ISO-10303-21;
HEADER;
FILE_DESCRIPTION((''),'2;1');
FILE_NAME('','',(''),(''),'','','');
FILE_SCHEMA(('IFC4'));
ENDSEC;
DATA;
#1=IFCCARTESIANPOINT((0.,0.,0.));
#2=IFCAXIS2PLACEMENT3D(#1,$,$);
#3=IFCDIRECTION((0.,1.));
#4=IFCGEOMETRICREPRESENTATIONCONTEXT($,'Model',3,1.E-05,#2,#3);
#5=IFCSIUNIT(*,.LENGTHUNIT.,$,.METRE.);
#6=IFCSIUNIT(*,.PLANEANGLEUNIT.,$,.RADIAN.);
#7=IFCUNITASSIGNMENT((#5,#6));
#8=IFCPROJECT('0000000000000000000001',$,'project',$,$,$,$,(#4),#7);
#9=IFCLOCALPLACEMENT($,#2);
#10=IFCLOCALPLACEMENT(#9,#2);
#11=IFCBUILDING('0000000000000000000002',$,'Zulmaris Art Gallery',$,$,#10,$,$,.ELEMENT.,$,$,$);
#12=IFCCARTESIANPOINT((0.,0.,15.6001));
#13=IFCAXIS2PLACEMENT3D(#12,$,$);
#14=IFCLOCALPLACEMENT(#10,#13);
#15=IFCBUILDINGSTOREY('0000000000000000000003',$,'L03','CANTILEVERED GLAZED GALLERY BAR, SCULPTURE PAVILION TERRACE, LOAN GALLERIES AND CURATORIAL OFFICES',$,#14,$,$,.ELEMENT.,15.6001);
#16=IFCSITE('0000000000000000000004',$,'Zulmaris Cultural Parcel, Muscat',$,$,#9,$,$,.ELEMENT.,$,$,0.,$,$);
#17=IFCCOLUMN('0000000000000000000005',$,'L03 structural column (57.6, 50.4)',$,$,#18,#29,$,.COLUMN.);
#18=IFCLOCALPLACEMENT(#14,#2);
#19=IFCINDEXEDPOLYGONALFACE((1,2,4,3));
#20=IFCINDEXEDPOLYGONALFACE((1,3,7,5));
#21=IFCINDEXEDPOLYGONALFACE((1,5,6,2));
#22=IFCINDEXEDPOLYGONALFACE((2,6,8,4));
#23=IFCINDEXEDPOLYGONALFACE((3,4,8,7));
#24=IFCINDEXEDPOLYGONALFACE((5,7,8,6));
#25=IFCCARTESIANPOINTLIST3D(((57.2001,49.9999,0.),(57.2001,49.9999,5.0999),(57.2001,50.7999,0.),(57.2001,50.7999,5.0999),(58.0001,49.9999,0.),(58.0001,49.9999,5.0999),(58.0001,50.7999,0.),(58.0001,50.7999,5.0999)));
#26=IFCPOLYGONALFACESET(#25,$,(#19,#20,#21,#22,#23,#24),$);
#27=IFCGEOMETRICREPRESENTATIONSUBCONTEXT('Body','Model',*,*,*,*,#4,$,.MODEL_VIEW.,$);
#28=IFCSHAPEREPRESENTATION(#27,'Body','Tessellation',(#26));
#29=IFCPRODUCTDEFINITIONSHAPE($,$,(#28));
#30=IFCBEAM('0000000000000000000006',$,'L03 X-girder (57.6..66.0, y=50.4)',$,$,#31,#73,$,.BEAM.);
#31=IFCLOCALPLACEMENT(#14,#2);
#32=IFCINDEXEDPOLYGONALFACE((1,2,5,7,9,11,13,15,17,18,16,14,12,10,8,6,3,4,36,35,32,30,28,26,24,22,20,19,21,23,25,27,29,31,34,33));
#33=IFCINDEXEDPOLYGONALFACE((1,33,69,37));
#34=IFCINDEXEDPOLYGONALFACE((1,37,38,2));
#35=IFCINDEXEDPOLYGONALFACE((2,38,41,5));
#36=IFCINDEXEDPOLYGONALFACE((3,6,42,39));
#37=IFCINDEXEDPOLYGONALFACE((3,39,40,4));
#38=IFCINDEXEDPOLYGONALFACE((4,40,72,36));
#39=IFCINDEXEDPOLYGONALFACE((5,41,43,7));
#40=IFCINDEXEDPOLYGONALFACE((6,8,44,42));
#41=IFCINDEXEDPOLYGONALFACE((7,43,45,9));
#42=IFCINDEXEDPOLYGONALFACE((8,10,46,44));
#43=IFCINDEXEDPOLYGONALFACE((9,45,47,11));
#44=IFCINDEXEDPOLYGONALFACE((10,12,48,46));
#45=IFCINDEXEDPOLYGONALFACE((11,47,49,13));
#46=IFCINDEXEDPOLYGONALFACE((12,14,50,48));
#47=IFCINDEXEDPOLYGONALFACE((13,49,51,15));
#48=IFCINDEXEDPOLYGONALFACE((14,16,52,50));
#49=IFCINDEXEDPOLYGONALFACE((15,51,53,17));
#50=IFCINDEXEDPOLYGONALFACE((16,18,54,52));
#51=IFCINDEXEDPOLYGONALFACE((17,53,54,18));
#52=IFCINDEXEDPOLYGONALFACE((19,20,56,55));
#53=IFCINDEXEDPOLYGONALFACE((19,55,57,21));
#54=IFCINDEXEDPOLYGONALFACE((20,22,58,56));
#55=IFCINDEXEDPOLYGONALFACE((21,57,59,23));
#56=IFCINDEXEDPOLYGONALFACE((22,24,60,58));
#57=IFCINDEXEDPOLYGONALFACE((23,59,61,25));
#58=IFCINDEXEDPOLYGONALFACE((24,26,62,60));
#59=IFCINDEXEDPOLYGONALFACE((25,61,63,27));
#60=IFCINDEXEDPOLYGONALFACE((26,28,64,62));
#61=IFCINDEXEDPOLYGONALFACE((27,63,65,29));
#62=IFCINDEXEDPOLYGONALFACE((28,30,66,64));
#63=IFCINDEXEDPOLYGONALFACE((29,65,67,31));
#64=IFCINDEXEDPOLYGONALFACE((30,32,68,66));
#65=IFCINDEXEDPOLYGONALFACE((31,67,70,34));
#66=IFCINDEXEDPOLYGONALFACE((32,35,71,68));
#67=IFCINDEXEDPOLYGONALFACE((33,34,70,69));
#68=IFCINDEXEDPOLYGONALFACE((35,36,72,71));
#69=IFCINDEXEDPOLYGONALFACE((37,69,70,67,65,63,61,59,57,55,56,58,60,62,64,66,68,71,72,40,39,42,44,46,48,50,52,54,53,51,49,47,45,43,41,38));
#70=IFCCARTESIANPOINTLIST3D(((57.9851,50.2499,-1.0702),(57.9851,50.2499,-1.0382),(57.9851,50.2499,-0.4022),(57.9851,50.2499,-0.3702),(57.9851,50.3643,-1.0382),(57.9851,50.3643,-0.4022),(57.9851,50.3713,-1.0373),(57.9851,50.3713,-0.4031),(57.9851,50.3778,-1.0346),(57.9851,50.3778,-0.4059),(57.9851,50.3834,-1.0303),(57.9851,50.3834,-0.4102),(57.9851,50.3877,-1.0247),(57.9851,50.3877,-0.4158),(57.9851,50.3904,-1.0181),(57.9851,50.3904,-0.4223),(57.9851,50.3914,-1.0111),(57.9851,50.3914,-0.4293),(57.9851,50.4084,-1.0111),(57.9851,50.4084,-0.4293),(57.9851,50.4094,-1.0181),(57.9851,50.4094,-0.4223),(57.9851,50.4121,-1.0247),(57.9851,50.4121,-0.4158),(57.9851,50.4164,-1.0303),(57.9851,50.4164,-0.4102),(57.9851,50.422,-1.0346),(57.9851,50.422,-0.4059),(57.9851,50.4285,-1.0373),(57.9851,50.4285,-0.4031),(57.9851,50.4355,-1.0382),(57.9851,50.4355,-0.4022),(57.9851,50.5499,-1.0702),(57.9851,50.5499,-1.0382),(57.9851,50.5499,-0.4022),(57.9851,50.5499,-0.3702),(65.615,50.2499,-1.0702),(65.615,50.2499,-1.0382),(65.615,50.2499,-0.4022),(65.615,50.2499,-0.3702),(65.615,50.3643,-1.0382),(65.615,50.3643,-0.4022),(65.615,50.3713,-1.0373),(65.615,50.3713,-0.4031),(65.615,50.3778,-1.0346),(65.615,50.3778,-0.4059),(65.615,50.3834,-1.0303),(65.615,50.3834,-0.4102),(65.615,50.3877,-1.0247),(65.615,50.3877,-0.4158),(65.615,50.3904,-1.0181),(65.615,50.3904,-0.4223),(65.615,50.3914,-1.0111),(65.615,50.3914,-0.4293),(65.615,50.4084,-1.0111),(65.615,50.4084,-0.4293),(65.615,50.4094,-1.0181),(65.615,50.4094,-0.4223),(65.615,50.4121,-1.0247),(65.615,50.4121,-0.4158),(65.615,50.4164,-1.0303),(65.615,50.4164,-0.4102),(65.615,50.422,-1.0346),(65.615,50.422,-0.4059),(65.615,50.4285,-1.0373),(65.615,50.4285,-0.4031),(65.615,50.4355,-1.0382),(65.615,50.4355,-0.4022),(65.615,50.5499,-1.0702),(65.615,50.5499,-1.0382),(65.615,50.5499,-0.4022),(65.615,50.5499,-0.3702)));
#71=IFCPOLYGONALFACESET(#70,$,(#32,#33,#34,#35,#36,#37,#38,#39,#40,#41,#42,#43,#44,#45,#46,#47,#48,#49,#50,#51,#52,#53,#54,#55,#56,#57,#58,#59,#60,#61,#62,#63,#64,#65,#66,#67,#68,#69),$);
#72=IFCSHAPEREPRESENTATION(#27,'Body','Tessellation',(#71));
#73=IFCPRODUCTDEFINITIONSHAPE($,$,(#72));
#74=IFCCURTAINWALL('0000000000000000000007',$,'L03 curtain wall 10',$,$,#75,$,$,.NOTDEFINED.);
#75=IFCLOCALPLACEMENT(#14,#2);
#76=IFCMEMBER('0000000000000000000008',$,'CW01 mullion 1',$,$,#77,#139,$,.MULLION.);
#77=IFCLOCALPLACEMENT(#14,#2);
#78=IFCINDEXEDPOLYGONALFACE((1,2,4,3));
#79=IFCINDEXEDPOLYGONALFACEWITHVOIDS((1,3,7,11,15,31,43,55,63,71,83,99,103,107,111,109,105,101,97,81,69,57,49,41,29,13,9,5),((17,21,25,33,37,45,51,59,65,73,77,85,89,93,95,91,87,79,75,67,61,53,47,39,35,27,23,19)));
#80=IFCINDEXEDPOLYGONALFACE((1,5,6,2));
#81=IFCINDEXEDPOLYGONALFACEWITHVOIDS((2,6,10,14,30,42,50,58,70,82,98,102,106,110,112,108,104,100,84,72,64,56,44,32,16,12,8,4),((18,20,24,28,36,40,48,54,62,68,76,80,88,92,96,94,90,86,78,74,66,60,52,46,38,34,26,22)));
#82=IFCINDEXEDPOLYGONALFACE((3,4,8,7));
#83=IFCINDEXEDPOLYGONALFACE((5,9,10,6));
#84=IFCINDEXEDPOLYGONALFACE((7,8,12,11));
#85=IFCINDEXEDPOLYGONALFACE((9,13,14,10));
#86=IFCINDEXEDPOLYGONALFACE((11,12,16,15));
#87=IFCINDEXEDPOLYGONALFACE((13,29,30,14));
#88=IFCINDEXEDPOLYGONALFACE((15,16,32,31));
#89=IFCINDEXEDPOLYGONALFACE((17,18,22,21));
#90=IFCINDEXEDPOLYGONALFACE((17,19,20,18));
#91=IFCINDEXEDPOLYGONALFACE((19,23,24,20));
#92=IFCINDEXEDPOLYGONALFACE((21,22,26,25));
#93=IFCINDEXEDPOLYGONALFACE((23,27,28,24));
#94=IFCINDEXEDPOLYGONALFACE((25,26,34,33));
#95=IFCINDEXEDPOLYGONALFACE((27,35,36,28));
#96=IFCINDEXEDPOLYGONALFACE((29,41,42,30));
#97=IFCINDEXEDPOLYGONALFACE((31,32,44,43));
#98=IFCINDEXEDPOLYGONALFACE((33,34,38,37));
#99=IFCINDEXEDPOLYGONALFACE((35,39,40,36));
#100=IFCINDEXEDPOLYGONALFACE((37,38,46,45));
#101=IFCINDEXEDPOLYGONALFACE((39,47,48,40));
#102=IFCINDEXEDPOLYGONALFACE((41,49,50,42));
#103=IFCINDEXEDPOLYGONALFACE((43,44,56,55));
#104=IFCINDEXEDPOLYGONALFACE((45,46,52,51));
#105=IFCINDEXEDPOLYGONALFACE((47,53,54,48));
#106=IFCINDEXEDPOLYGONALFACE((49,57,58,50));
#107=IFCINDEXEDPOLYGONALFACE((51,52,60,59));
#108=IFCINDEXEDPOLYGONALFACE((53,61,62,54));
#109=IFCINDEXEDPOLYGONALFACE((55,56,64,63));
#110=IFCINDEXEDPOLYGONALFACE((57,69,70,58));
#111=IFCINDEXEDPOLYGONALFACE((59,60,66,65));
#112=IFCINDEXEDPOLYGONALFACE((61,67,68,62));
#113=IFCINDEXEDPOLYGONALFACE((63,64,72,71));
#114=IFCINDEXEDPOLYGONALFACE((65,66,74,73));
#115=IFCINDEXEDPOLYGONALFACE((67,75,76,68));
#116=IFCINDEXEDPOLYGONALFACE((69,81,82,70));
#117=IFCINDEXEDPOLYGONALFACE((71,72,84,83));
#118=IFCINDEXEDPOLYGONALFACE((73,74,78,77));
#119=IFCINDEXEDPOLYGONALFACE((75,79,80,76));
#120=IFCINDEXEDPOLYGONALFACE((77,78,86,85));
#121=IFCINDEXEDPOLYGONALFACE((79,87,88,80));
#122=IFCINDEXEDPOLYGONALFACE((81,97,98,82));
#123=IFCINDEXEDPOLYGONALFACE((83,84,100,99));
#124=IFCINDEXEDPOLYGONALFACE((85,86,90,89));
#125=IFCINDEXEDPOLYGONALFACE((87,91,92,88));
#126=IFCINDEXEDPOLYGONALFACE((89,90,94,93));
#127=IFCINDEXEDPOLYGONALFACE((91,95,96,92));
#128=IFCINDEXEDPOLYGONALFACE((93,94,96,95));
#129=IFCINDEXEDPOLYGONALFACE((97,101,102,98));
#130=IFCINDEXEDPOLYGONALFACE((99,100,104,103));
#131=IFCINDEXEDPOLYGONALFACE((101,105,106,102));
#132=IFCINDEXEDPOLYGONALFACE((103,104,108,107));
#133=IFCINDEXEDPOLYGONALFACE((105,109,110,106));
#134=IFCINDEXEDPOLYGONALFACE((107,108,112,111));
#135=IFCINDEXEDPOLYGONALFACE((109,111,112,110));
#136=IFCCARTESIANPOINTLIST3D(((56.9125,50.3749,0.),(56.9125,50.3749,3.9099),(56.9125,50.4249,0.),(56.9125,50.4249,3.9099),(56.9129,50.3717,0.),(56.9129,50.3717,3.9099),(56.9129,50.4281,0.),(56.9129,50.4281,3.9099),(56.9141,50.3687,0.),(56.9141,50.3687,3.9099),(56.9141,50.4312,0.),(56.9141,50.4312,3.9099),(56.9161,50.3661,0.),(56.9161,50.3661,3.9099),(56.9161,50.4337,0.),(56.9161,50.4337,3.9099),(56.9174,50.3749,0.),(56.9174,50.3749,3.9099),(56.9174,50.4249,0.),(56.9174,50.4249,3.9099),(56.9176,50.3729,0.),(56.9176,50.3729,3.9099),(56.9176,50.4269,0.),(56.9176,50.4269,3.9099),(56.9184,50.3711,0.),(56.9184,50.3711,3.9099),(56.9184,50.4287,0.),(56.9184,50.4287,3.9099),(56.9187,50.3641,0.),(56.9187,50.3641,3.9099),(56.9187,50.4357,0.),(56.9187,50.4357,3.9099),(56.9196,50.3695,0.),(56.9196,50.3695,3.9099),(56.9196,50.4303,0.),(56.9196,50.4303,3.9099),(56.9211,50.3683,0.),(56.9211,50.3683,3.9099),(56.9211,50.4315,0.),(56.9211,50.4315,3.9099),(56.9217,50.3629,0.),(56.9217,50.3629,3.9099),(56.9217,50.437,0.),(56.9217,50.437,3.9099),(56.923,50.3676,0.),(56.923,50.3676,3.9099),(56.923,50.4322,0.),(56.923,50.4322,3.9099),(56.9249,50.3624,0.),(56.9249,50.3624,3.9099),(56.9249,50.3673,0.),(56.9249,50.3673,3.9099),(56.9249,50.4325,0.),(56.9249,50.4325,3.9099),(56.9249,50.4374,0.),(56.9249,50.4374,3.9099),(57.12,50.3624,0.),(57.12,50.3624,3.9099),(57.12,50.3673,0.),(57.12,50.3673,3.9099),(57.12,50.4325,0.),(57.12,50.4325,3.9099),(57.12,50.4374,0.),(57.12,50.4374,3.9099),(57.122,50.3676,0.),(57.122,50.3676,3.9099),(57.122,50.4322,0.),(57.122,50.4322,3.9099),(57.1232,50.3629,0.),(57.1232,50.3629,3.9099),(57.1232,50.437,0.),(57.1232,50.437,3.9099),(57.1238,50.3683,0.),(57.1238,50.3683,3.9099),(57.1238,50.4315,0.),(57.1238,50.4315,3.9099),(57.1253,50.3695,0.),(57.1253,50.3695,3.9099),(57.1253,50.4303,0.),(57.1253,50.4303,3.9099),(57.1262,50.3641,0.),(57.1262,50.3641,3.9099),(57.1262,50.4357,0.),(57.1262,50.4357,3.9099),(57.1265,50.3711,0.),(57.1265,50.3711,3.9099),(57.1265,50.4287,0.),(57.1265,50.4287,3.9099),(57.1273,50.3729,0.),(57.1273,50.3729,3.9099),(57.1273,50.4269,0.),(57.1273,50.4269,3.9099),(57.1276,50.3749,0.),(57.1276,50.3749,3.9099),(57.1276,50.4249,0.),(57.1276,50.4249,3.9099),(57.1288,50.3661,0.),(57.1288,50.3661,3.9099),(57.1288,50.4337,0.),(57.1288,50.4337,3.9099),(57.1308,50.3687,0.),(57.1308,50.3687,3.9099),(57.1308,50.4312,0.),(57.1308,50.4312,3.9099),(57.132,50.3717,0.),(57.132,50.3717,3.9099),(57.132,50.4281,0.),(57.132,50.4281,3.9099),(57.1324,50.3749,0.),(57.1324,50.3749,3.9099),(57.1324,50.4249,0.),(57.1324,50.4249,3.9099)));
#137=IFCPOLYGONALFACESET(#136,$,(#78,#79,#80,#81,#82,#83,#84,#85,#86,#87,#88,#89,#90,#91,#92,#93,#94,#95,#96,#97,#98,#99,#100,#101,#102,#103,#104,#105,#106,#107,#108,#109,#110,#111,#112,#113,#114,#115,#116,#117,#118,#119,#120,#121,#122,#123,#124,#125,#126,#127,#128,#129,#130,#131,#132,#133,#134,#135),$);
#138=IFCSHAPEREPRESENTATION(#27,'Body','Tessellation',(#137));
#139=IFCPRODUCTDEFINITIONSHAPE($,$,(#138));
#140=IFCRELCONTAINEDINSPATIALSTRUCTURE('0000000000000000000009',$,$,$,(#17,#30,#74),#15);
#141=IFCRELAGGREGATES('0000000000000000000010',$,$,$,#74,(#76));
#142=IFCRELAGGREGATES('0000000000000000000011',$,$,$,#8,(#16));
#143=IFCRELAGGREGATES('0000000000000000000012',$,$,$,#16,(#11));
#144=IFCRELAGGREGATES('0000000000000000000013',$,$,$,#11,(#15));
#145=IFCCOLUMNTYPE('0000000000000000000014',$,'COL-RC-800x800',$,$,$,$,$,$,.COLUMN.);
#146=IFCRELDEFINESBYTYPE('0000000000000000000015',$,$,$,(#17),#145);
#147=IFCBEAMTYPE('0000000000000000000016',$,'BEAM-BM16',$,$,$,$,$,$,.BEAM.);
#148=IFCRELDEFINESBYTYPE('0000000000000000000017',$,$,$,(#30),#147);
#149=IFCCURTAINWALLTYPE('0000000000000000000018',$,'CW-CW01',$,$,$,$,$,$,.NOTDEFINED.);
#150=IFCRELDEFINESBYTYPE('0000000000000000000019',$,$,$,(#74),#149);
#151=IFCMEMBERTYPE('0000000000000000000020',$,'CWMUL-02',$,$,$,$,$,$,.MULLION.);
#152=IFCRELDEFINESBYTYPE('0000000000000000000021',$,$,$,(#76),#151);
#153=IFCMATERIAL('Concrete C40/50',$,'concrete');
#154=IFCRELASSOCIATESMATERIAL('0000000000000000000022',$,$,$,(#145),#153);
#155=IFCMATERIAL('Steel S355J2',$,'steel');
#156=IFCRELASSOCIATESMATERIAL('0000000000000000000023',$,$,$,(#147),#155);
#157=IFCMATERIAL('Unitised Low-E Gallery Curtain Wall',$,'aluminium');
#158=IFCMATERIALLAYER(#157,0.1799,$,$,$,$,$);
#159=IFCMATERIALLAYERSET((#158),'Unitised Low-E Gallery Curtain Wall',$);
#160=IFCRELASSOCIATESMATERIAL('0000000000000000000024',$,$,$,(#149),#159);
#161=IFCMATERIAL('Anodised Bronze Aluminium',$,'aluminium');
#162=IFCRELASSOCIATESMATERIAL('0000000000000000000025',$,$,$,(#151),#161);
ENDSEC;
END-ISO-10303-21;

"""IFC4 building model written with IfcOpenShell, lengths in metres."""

from ifc_helpers import new_model, si_unit, direction, frame, origin, origin_2d, place, context, subcontext, project, spatial, rectangle, hollow_rectangle, i_section, extrude, material, layer, layer_set, material_profile, profile_set, type_object, element, aggregate, save


model = new_model("IFC4")

# Units and contexts
model_context = context("Model", 3, precision=1e-05, world=origin(), true_north=direction((0.0, 1.0)))
body_context = subcontext(model_context, "Body", "Model", "MODEL_VIEW")
ifc_project = project(units=[si_unit("LENGTHUNIT", "METRE"), si_unit("PLANEANGLEUNIT", "RADIAN")], contexts=[model_context])

# Site, building, storey
site_placement = place(None, origin())
site = spatial("IfcSite", under=ifc_project, at=site_placement, Name="Zulmaris Cultural Parcel, Muscat", CompositionType="ELEMENT", RefElevation=0.0)
building_placement = place(site_placement, origin())
building = spatial("IfcBuilding", under=site, at=building_placement, Name="Zulmaris Art Gallery", CompositionType="ELEMENT")
storey_placement = place(building_placement, frame((0.0, 0.0, 15.6001)))
storey = spatial("IfcBuildingStorey", under=building, at=storey_placement, Name="L03", Description="CANTILEVERED GLAZED GALLERY BAR, SCULPTURE PAVILION TERRACE, LOAN GALLERIES AND CURATORIAL OFFICES", CompositionType="ELEMENT", Elevation=15.6001)

# Column
ifc_material_1 = material(Name="Concrete C40/50", Category="concrete")
ifc_material_profile_1 = material_profile(ifc_material_1, rectangle(XDim=0.8, YDim=0.8, at=origin_2d()), Name="RC 800x800")
ifc_profile_set_1 = profile_set([ifc_material_profile_1], Name="Concrete C40/50")
column_type = type_object("IfcColumnType", Name="COL-RC-800x800", PredefinedType="COLUMN", material=ifc_profile_set_1)
column_placement = place(storey_placement, frame((57.6001, 50.3999, 0.0), z_axis=(0.0, 0.0, 1.0), x_axis=(1.0, 0.0, 0.0)))
element("IfcColumn", 1, at=column_placement, inside=storey, type_object=column_type, Name="L03 structural column (57.6, 50.4)", PredefinedType="COLUMN", context=body_context, shape_type="SweptSolid", body=[
    extrude(rectangle(XDim=0.8, YDim=0.8, at=origin_2d()), origin(), (0.0, 0.0, 1.0), 5.0999),
])

# Beam
ifc_material_2 = material(Name="Steel S355J2", Category="steel")
ifc_material_profile_2 = material_profile(ifc_material_2, i_section(OverallWidth=0.3, OverallDepth=0.7, WebThickness=0.0171, FlangeThickness=0.032, FilletRadius=0.0271, at=origin_2d()), Name="HEB 700")
ifc_profile_set_2 = profile_set([ifc_material_profile_2], Name="Steel S355J2")
beam_type = type_object("IfcBeamType", Name="BEAM-BM16", PredefinedType="BEAM", material=ifc_profile_set_2)
beam_placement = place(storey_placement, frame((57.9851, 50.3999, -0.7202), z_axis=(1.0, 0.0, 0.0), x_axis=(0.0, 1.0, 0.0)))
element("IfcBeam", 2, at=beam_placement, inside=storey, type_object=beam_type, Name="L03 X-girder (57.6..66.0, y=50.4)", PredefinedType="BEAM", context=body_context, shape_type="SweptSolid", body=[
    extrude(i_section(OverallWidth=0.3, OverallDepth=0.7, WebThickness=0.0171, FlangeThickness=0.032, FilletRadius=0.0271, at=origin_2d()), origin(), (0.0, 0.0, 1.0), 7.6299),
])

# Curtain wall, member
ifc_material_3 = material(Name="Unitised Low-E Gallery Curtain Wall", Category="aluminium")
ifc_layer_1 = layer(ifc_material_3, 0.1799)
ifc_layer_set_1 = layer_set([ifc_layer_1], Name="Unitised Low-E Gallery Curtain Wall")
curtain_wall_type = type_object("IfcCurtainWallType", Name="CW-CW01", PredefinedType="NOTDEFINED", material=ifc_layer_set_1)
curtain_wall_1_placement = place(storey_placement, origin())
curtain_wall_1 = element("IfcCurtainWall", 3, at=curtain_wall_1_placement, inside=storey, type_object=curtain_wall_type, Name="L03 curtain wall 10", PredefinedType="NOTDEFINED")
ifc_material_4 = material(Name="Anodised Bronze Aluminium", Category="aluminium")
ifc_material_profile_3 = material_profile(ifc_material_4, hollow_rectangle(XDim=0.075, YDim=0.22, WallThickness=0.0049, InnerFilletRadius=0.0076, OuterFilletRadius=0.0125, at=origin_2d()), Name="ALU 75x220x5")
ifc_profile_set_3 = profile_set([ifc_material_profile_3], Name="Anodised Bronze Aluminium")
member_type_1 = type_object("IfcMemberType", Name="CWMUL-02", PredefinedType="MULLION", material=ifc_profile_set_3)
member_1_placement = place(storey_placement, frame((57.0225, 50.3999, 0.0), z_axis=(0.0, 0.0, 1.0), x_axis=(0.0, -1.0, 0.0)))
member_1 = element("IfcMember", 4, at=member_1_placement, type_object=member_type_1, Name="CW01 mullion 1", PredefinedType="MULLION", context=body_context, shape_type="SweptSolid", body=[
    extrude(hollow_rectangle(XDim=0.075, YDim=0.22, WallThickness=0.0049, InnerFilletRadius=0.0076, OuterFilletRadius=0.0125, at=origin_2d()), origin(), (0.0, 0.0, 1.0), 3.9099),
])

aggregate(curtain_wall_1, [member_1])

save(model, "model.ifc")
